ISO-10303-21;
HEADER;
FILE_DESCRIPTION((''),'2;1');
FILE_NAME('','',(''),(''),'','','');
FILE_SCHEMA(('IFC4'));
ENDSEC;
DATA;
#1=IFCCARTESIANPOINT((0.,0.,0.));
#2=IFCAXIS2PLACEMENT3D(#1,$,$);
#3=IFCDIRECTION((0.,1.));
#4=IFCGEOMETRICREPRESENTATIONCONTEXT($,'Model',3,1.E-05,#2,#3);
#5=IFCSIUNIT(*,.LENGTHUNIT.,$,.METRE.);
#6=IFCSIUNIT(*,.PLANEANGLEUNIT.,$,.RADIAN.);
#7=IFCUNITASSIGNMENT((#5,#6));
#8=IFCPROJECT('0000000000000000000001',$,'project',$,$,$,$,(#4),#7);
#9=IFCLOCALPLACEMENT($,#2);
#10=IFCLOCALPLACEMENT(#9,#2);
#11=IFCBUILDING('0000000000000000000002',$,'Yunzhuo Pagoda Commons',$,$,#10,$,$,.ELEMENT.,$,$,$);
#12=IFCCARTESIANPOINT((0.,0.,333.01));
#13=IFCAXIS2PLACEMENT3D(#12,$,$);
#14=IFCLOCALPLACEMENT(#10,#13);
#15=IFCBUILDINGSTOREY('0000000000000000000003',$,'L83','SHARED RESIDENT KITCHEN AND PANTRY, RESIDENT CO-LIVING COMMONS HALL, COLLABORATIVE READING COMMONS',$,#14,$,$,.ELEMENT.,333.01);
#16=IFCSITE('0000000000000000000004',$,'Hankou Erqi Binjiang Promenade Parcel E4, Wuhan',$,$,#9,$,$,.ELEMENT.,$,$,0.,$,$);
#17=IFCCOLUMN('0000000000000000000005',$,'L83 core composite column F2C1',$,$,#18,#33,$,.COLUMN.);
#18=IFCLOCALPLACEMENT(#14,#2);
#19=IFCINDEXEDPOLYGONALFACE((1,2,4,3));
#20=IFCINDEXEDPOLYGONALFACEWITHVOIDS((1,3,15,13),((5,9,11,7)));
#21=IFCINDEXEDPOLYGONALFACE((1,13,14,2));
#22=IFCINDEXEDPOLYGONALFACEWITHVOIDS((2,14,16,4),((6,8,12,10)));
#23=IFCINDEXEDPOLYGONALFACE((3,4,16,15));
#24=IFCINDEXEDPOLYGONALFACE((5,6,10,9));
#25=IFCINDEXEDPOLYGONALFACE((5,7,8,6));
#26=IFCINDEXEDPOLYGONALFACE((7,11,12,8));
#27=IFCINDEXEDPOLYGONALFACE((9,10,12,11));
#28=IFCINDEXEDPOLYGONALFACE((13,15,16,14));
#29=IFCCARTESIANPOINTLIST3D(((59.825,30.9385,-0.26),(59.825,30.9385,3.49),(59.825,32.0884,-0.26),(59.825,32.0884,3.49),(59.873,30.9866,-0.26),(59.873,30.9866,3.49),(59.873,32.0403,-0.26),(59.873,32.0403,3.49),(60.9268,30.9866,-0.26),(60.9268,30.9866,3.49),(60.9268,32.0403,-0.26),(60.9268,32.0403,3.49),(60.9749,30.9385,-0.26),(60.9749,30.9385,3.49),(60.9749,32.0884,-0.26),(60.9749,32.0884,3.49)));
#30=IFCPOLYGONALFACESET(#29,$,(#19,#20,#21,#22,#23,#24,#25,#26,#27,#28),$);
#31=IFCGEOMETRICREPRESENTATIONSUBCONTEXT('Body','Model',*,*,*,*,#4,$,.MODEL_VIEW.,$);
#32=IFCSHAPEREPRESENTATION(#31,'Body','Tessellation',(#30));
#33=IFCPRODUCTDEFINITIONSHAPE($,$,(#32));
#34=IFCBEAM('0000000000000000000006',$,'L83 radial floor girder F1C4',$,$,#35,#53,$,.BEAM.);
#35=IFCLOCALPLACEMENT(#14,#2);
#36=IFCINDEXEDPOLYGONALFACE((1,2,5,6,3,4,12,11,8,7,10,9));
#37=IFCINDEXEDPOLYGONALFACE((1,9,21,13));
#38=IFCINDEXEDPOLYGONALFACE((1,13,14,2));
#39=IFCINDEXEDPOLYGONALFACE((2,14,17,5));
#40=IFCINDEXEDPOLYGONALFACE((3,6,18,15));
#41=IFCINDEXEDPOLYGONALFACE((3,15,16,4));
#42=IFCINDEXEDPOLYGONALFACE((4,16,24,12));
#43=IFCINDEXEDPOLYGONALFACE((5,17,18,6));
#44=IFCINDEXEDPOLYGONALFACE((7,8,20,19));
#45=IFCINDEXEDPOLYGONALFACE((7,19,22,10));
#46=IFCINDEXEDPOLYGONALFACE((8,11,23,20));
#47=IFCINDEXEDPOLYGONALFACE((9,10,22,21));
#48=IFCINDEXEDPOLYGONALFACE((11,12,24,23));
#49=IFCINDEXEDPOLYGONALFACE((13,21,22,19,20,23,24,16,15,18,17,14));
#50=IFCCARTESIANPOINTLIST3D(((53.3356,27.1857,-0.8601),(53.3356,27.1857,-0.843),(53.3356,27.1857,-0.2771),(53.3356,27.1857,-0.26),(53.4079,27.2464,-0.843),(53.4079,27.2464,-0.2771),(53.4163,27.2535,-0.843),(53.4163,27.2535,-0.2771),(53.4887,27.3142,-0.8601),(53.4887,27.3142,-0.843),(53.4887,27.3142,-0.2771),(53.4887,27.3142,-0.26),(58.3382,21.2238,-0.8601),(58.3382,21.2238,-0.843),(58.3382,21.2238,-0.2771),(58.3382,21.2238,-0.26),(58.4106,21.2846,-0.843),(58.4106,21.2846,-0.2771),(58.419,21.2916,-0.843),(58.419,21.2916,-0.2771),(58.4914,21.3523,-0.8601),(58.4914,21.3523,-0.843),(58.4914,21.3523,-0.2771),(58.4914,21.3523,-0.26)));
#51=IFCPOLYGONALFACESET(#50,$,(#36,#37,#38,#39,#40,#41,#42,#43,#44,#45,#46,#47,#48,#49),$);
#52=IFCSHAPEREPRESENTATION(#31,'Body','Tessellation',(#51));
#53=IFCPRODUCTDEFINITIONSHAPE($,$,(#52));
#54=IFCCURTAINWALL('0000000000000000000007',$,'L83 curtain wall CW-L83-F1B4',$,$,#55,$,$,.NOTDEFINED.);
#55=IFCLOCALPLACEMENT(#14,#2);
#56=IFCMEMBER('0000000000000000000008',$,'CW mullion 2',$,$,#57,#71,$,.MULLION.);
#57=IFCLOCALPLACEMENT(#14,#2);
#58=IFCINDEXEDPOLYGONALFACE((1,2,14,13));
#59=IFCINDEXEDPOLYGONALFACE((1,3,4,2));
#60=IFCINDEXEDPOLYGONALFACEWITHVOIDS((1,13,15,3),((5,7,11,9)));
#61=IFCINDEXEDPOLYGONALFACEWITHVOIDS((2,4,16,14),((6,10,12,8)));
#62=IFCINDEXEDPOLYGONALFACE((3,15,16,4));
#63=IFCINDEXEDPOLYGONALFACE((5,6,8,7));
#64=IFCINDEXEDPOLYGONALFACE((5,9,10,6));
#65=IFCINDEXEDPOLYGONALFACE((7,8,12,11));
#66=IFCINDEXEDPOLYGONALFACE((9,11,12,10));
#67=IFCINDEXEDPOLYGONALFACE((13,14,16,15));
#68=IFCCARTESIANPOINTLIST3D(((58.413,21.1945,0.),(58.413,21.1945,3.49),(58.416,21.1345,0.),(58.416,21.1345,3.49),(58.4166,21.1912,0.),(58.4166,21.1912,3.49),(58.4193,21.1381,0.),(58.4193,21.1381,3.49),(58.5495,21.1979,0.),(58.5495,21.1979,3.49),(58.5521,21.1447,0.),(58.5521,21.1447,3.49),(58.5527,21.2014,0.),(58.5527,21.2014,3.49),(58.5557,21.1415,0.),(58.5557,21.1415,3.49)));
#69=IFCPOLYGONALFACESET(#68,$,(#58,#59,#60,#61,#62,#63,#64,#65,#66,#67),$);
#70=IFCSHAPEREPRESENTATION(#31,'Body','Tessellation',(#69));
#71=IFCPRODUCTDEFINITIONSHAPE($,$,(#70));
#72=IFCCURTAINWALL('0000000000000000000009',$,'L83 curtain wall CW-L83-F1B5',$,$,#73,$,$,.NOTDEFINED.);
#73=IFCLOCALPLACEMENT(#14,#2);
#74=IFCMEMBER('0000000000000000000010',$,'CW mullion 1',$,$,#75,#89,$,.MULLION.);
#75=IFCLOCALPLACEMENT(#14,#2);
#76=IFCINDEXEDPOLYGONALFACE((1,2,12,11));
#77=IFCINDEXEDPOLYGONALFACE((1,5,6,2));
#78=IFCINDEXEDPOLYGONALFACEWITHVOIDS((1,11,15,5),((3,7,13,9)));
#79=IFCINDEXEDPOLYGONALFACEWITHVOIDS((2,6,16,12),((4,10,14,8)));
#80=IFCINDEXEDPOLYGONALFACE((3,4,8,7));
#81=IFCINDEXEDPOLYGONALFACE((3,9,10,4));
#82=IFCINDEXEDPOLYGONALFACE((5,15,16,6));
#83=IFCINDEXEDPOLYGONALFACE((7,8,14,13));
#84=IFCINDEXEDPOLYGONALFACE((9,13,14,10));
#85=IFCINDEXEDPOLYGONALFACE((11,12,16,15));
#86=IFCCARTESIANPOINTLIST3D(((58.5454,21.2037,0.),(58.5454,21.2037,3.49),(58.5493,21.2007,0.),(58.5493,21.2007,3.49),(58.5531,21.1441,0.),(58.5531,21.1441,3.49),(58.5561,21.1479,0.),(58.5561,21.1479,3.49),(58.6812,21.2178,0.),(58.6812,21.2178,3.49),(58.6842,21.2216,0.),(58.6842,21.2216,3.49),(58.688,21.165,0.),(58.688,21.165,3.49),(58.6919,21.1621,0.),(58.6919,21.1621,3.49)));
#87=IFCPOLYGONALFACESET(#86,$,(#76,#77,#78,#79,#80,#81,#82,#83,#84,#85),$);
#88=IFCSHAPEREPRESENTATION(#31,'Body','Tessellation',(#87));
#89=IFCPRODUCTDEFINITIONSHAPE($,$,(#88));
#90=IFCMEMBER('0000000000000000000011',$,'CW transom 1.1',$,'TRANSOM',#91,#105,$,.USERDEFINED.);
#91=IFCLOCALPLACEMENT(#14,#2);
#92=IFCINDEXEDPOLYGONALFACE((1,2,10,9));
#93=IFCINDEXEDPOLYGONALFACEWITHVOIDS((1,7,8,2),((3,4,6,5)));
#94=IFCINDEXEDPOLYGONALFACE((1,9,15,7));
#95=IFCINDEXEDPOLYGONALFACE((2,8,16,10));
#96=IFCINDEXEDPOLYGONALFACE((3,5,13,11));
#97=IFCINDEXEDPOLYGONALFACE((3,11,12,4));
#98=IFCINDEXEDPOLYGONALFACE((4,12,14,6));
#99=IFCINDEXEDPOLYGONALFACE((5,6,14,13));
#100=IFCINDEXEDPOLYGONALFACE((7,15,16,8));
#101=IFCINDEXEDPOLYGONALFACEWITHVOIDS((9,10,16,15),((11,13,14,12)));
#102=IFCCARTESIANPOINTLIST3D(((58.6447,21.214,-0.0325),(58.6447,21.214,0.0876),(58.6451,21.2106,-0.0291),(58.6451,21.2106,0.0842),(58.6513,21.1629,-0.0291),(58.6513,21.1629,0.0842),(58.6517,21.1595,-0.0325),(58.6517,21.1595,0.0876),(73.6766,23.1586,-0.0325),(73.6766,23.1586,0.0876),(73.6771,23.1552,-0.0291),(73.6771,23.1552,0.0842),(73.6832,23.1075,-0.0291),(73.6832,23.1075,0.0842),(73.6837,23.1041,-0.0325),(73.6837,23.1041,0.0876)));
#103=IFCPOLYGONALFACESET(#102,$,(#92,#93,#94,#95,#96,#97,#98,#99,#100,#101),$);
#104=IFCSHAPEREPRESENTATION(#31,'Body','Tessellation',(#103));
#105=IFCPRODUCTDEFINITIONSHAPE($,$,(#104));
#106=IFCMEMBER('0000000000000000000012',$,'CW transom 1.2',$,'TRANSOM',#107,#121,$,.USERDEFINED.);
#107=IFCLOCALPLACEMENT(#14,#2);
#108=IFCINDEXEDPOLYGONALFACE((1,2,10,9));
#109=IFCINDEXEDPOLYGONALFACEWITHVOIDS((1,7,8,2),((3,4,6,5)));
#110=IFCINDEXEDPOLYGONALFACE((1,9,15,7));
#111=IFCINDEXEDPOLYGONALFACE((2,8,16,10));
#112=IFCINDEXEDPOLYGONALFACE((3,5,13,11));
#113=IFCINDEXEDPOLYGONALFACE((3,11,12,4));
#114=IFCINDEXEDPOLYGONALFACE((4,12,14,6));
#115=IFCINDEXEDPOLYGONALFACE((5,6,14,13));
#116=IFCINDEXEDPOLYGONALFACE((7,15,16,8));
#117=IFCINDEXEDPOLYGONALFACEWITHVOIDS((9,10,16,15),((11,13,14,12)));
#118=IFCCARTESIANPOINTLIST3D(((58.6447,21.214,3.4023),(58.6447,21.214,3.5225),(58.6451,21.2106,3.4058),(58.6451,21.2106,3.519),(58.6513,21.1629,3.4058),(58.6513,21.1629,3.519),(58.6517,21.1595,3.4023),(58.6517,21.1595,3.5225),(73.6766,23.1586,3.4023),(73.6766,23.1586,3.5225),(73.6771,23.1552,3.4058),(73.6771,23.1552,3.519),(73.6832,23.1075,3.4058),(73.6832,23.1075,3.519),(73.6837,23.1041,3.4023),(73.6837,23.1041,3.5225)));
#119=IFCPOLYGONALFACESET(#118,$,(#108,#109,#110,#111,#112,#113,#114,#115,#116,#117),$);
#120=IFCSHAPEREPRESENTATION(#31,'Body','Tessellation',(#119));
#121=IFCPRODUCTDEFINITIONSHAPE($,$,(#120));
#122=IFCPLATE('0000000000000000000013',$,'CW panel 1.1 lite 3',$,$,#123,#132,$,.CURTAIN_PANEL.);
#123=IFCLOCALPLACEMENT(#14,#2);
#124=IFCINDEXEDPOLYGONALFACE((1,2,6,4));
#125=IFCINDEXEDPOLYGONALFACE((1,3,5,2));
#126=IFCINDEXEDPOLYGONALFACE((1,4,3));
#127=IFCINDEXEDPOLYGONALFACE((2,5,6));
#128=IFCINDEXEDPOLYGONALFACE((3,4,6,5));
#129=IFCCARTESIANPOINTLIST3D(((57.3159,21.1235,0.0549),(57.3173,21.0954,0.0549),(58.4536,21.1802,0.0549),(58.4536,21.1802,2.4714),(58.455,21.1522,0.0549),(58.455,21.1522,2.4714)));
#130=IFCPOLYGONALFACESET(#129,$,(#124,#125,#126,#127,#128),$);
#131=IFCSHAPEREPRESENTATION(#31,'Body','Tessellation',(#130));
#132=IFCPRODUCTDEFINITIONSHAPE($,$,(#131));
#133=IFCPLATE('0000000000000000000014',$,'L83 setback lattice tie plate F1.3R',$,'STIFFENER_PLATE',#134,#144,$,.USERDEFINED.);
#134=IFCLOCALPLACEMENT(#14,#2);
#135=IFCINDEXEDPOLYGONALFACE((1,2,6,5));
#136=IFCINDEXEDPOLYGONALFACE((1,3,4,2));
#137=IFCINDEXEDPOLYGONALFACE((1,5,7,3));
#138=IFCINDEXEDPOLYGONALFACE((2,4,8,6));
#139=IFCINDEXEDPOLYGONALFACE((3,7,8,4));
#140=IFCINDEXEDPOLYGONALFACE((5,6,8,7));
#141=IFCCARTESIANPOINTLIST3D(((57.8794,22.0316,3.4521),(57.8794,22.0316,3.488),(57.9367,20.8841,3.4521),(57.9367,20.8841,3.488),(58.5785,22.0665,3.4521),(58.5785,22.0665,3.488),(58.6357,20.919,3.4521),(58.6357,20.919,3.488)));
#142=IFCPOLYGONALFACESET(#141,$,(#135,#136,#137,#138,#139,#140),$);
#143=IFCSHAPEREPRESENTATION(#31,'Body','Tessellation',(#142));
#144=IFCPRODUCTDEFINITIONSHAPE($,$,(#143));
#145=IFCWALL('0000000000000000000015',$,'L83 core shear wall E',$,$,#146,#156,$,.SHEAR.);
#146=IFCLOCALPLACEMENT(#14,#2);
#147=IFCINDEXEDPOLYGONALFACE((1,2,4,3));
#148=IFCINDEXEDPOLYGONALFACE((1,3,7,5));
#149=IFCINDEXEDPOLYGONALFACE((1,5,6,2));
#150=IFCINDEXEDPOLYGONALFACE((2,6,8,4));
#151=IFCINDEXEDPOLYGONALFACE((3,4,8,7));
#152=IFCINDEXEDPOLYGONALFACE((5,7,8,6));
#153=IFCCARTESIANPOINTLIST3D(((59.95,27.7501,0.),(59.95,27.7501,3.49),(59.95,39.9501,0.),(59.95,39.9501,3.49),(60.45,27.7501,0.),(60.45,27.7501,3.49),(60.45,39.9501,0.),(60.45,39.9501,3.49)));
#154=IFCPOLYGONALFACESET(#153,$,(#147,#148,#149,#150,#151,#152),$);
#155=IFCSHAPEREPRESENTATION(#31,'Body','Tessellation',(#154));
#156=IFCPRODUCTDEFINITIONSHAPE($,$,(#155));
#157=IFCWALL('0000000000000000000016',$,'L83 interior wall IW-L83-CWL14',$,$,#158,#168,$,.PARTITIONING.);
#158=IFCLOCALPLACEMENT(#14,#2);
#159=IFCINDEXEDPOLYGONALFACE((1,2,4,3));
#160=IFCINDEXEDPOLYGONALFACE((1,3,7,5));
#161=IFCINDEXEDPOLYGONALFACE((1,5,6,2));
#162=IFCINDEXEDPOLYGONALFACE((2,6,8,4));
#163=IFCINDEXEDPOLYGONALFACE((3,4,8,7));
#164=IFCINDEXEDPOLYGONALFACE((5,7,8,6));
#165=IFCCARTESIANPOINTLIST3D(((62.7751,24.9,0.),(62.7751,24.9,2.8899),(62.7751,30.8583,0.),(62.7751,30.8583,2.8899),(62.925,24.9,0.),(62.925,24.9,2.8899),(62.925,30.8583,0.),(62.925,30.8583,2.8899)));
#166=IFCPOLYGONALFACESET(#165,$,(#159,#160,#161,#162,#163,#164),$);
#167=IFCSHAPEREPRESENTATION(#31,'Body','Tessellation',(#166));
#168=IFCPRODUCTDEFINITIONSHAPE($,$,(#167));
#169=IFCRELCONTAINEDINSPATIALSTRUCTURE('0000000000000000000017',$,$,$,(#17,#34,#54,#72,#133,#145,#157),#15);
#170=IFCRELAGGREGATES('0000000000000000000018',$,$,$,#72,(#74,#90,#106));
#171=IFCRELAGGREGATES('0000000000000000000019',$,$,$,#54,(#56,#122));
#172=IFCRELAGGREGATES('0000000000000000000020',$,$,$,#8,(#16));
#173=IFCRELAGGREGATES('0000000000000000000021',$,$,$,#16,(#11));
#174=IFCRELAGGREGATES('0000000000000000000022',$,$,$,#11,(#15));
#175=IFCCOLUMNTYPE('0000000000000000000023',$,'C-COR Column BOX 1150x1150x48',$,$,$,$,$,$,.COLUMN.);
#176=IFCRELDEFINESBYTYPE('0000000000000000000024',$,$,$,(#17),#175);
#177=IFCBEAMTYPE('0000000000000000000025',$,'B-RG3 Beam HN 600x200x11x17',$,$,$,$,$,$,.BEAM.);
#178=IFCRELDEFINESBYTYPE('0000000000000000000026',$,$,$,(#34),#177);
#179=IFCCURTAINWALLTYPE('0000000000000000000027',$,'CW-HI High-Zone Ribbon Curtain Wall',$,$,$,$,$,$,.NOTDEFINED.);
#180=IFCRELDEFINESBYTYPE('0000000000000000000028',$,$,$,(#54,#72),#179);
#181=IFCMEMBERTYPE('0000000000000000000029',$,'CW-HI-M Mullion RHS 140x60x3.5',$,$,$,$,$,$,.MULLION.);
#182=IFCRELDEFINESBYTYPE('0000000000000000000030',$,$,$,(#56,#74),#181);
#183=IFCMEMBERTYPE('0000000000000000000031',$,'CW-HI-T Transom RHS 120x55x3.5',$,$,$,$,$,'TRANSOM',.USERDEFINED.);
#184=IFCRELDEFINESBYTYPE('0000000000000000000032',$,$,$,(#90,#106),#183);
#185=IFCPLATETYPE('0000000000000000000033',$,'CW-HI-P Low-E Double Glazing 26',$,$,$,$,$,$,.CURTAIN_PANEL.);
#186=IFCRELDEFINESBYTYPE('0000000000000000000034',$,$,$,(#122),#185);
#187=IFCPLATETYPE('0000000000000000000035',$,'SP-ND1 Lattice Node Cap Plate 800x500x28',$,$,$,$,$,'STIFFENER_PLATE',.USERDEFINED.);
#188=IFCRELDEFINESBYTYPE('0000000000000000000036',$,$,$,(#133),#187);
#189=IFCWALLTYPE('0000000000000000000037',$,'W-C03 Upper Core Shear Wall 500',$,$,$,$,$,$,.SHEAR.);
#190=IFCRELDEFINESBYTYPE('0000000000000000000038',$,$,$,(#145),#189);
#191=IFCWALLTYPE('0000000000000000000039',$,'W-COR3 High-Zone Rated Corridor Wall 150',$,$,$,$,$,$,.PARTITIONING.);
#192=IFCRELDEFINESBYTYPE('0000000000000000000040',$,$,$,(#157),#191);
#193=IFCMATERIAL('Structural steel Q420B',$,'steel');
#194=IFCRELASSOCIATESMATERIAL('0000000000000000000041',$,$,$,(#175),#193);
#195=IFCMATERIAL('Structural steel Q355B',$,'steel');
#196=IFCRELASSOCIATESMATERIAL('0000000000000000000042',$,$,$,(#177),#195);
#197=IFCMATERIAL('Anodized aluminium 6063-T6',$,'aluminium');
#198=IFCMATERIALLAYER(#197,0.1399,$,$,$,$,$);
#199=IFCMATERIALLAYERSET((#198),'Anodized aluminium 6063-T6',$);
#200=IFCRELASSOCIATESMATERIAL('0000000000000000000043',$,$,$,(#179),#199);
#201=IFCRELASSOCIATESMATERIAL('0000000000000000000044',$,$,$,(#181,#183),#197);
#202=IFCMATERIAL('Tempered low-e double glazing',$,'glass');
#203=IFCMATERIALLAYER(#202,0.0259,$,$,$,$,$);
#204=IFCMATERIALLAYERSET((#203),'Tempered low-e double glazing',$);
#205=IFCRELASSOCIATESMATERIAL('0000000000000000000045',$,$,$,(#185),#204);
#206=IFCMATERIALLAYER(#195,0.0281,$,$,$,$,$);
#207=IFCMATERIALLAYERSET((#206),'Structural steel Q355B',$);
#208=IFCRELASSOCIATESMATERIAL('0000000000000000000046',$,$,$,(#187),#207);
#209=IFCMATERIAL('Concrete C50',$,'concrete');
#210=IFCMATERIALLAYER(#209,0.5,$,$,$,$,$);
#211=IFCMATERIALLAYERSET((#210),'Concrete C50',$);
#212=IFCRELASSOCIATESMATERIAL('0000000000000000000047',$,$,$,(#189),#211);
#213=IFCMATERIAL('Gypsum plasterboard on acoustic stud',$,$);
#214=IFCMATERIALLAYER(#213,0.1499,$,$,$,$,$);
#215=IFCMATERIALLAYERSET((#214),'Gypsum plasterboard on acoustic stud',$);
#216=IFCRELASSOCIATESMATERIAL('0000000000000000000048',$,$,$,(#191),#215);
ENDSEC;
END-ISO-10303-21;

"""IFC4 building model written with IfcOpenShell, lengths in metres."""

from ifc_helpers import new_model, si_unit, direction, frame, frame_2d, origin, origin_2d, place, context, subcontext, project, spatial, polyline, rectangle, hollow_rectangle, i_section, outline, extrude, source, transform, mapped, material, layer, layer_set, material_profile, profile_set, type_object, element, aggregate, save


model = new_model("IFC4")

# Units and contexts
model_context = context("Model", 3, precision=1e-05, world=origin(), true_north=direction((0.0, 1.0)))
body_context = subcontext(model_context, "Body", "Model", "MODEL_VIEW")
ifc_project = project(units=[si_unit("LENGTHUNIT", "METRE"), si_unit("PLANEANGLEUNIT", "RADIAN")], contexts=[model_context])

# Site, building, storey
site_placement = place(None, origin())
site = spatial("IfcSite", under=ifc_project, at=site_placement, Name="Hankou Erqi Binjiang Promenade Parcel E4, Wuhan", CompositionType="ELEMENT", RefElevation=0.0)
building_placement = place(site_placement, origin())
building = spatial("IfcBuilding", under=site, at=building_placement, Name="Yunzhuo Pagoda Commons", CompositionType="ELEMENT")
storey_placement = place(building_placement, frame((0.0, 0.0, 333.01)))
storey = spatial("IfcBuildingStorey", under=building, at=storey_placement, Name="L83", Description="SHARED RESIDENT KITCHEN AND PANTRY, RESIDENT CO-LIVING COMMONS HALL, COLLABORATIVE READING COMMONS", CompositionType="ELEMENT", Elevation=333.01)

# Column
ifc_material_1 = material(Name="Structural steel Q420B", Category="steel")
ifc_material_profile_1 = material_profile(ifc_material_1, hollow_rectangle(XDim=1.1499, YDim=1.1499, WallThickness=0.0481, at=origin_2d()), Name="Structural steel Q420B")
ifc_profile_set_1 = profile_set([ifc_material_profile_1], Name="Structural steel Q420B")
column_type = type_object("IfcColumnType", Name="C-COR Column BOX 1150x1150x48", PredefinedType="COLUMN", material=ifc_profile_set_1)
shared_shape_1 = source(origin(), body_context, "Body", "SweptSolid", [
    extrude(hollow_rectangle(XDim=1.1499, YDim=1.1499, WallThickness=0.0481, at=origin_2d()), origin(), (0.0, 0.0, 1.0), 3.75),
])
column_placement = place(storey_placement, frame((60.3999, 31.5134, -0.26), z_axis=(0.0, 0.0, 1.0), x_axis=(1.0, 0.0, 0.0)))
element("IfcColumn", 1, at=column_placement, inside=storey, type_object=column_type, Name="L83 core composite column F2C1", PredefinedType="COLUMN", context=body_context, shape_type="MappedRepresentation", body=[
    mapped(shared_shape_1, transform((0.0, 0.0, 0.0), scale=1.0)),
])

# Beam
ifc_material_2 = material(Name="Structural steel Q355B", Category="steel")
ifc_material_profile_2 = material_profile(ifc_material_2, i_section(OverallWidth=0.2, OverallDepth=0.6001, WebThickness=0.011, FlangeThickness=0.0171, at=origin_2d()), Name="Structural steel Q355B")
ifc_profile_set_2 = profile_set([ifc_material_profile_2], Name="Structural steel Q355B")
beam_type = type_object("IfcBeamType", Name="B-RG3 Beam HN 600x200x11x17", PredefinedType="BEAM", material=ifc_profile_set_2)
shared_shape_2 = source(origin(), body_context, "Body", "SweptSolid", [
    extrude(i_section(OverallWidth=0.2, OverallDepth=0.6001, WebThickness=0.011, FlangeThickness=0.0171, at=origin_2d()), origin(), (0.0, 0.0, 1.0), 7.7827),
])
beam_placement = place(storey_placement, frame((58.4148, 21.2881, -0.5601), z_axis=(-0.642791, 0.766042, 0.0), x_axis=(-0.766042, -0.642791, 0.0)))
element("IfcBeam", 2, at=beam_placement, inside=storey, type_object=beam_type, Name="L83 radial floor girder F1C4", PredefinedType="BEAM", context=body_context, shape_type="MappedRepresentation", body=[
    mapped(shared_shape_2, transform((0.0, 0.0, 0.0), scale=1.0)),
])

# Curtain wall, member
ifc_material_3 = material(Name="Anodized aluminium 6063-T6", Category="aluminium")
ifc_layer_1 = layer(ifc_material_3, 0.1399)
ifc_layer_set_1 = layer_set([ifc_layer_1], Name="Anodized aluminium 6063-T6")
curtain_wall_type = type_object("IfcCurtainWallType", Name="CW-HI High-Zone Ribbon Curtain Wall", PredefinedType="NOTDEFINED", material=ifc_layer_set_1)
curtain_wall_1_placement = place(storey_placement, origin())
curtain_wall_1 = element("IfcCurtainWall", 3, at=curtain_wall_1_placement, inside=storey, type_object=curtain_wall_type, Name="L83 curtain wall CW-L83-F1B4", PredefinedType="NOTDEFINED")
ifc_material_profile_3 = material_profile(ifc_material_3, hollow_rectangle(XDim=0.0601, YDim=0.1399, WallThickness=0.0034, at=origin_2d()), Name="Anodized aluminium 6063-T6")
ifc_profile_set_3 = profile_set([ifc_material_profile_3], Name="Anodized aluminium 6063-T6")
member_type_1 = type_object("IfcMemberType", Name="CW-HI-M Mullion RHS 140x60x3.5", PredefinedType="MULLION", material=ifc_profile_set_3)
shared_shape_3 = source(origin(), body_context, "Body", "SweptSolid", [
    extrude(hollow_rectangle(XDim=0.0601, YDim=0.1399, WallThickness=0.0034, at=origin_2d()), origin(), (0.0, 0.0, 1.0), 3.49),
])
member_1_placement = place(storey_placement, frame((58.4844, 21.168, 0.0), z_axis=(0.0, 0.0, 1.0), x_axis=(-0.04985, 0.998757, 0.0)))
member_1 = element("IfcMember", 4, at=member_1_placement, type_object=member_type_1, Name="CW mullion 2", PredefinedType="MULLION", context=body_context, shape_type="MappedRepresentation", body=[
    mapped(shared_shape_3, transform((0.0, 0.0, 0.0), scale=1.0)),
])

# Curtain wall, members
curtain_wall_2_placement = place(storey_placement, origin())
curtain_wall_2 = element("IfcCurtainWall", 5, at=curtain_wall_2_placement, inside=storey, type_object=curtain_wall_type, Name="L83 curtain wall CW-L83-F1B5", PredefinedType="NOTDEFINED")
member_2_placement = place(storey_placement, frame((58.6187, 21.1829, 0.0), z_axis=(0.0, 0.0, 1.0), x_axis=(-0.128276, 0.991739, 0.0)))
member_2 = element("IfcMember", 6, at=member_2_placement, type_object=member_type_1, Name="CW mullion 1", PredefinedType="MULLION", context=body_context, shape_type="MappedRepresentation", body=[
    mapped(shared_shape_3, transform((0.0, 0.0, 0.0), scale=1.0)),
])
ifc_material_profile_4 = material_profile(ifc_material_3, hollow_rectangle(XDim=0.0549, YDim=0.1201, WallThickness=0.0034, at=origin_2d()), Name="Anodized aluminium 6063-T6")
ifc_profile_set_4 = profile_set([ifc_material_profile_4], Name="Anodized aluminium 6063-T6")
member_type_2 = type_object("IfcMemberType", Name="CW-HI-T Transom RHS 120x55x3.5", ElementType="TRANSOM", PredefinedType="USERDEFINED", material=ifc_profile_set_4)
shared_shape_4 = source(origin(), body_context, "Body", "SweptSolid", [
    extrude(hollow_rectangle(XDim=0.0549, YDim=0.1201, WallThickness=0.0034, at=origin_2d()), origin(), (0.0, 0.0, 1.0), 15.1572),
])
member_3_placement = place(storey_placement, frame((58.6482, 21.1868, 0.0276), z_axis=(0.991736, 0.128294, 0.0), x_axis=(-0.128294, 0.991736, 0.0)))
member_3 = element("IfcMember", 7, at=member_3_placement, type_object=member_type_2, Name="CW transom 1.1", ObjectType="TRANSOM", PredefinedType="USERDEFINED", context=body_context, shape_type="MappedRepresentation", body=[
    mapped(shared_shape_4, transform((0.0, 0.0, 0.0), scale=1.0)),
])
member_4_placement = place(storey_placement, frame((58.6482, 21.1868, 3.4624), z_axis=(0.991736, 0.128294, 0.0), x_axis=(-0.128294, 0.991736, 0.0)))
member_4 = element("IfcMember", 8, at=member_4_placement, type_object=member_type_2, Name="CW transom 1.2", ObjectType="TRANSOM", PredefinedType="USERDEFINED", context=body_context, shape_type="MappedRepresentation", body=[
    mapped(shared_shape_4, transform((0.0, 0.0, 0.0), scale=1.0)),
])
aggregate(curtain_wall_2, [member_2, member_3, member_4])

# Plates
ifc_material_4 = material(Name="Tempered low-e double glazing", Category="glass")
ifc_layer_2 = layer(ifc_material_4, 0.0259)
ifc_layer_set_2 = layer_set([ifc_layer_2], Name="Tempered low-e double glazing")
plate_type_1 = type_object("IfcPlateType", Name="CW-HI-P Low-E Double Glazing 26", PredefinedType="CURTAIN_PANEL", material=ifc_layer_set_2)
plate_1_placement = place(storey_placement, frame((57.8848, 21.1519, 1.2632), z_axis=(0.04985, -0.998757, 0.0), x_axis=(0.998757, 0.04985, 0.0)))
plate_1 = element("IfcPlate", 9, at=plate_1_placement, type_object=plate_type_1, Name="CW panel 1.1 lite 3", PredefinedType="CURTAIN_PANEL", context=body_context, shape_type="SweptSolid", body=[
    extrude(outline(polyline([(-0.5696, -1.2083), (0.5696, -1.2083), (0.5696, 1.2083), (-0.5696, -1.2083)])), origin(), (0.0, 0.0, 1.0), 0.0281),
])
aggregate(curtain_wall_1, [member_1, plate_1])
ifc_layer_3 = layer(ifc_material_2, 0.0281)
ifc_layer_set_3 = layer_set([ifc_layer_3], Name="Structural steel Q355B")
plate_type_2 = type_object("IfcPlateType", Name="SP-ND1 Lattice Node Cap Plate 800x500x28", ElementType="STIFFENER_PLATE", PredefinedType="USERDEFINED", material=ifc_layer_set_3)
shared_shape_5 = source(origin(), body_context, "Body", "SweptSolid", [
    extrude(rectangle(XDim=0.7, YDim=1.1489, at=origin_2d()), origin(), (0.0, 0.0, 1.0), 0.0359),
])
plate_2_placement = place(storey_placement, frame((58.2576, 21.4753, 3.4521), z_axis=(0.0, 0.0, 1.0), x_axis=(0.998757, 0.049843, 0.0)))
element("IfcPlate", 10, at=plate_2_placement, inside=storey, type_object=plate_type_2, Name="L83 setback lattice tie plate F1.3R", ObjectType="STIFFENER_PLATE", PredefinedType="USERDEFINED", context=body_context, shape_type="MappedRepresentation", body=[
    mapped(shared_shape_5, transform((0.0, 0.0, 0.0), scale=1.0)),
])

# Walls
ifc_material_5 = material(Name="Concrete C50", Category="concrete")
ifc_layer_4 = layer(ifc_material_5, 0.5)
ifc_layer_set_4 = layer_set([ifc_layer_4], Name="Concrete C50")
wall_type_1 = type_object("IfcWallType", Name="W-C03 Upper Core Shear Wall 500", PredefinedType="SHEAR", material=ifc_layer_set_4)
wall_1_placement = place(storey_placement, frame((60.2, 27.75, 0.0), z_axis=(0.0, 0.0, 1.0), x_axis=(0.0, 1.0, 0.0)))
element("IfcWall", 11, at=wall_1_placement, inside=storey, type_object=wall_type_1, Name="L83 core shear wall E", PredefinedType="SHEAR", context=body_context, shape_type="SweptSolid", body=[
    extrude(rectangle(XDim=12.2, YDim=0.5, at=frame_2d((6.1001, 0.0))), origin(), (0.0, 0.0, 1.0), 3.49),
])
ifc_material_6 = material(Name="Gypsum plasterboard on acoustic stud")
ifc_layer_5 = layer(ifc_material_6, 0.1499)
ifc_layer_set_5 = layer_set([ifc_layer_5], Name="Gypsum plasterboard on acoustic stud")
wall_type_2 = type_object("IfcWallType", Name="W-COR3 High-Zone Rated Corridor Wall 150", PredefinedType="PARTITIONING", material=ifc_layer_set_5)
wall_2_placement = place(storey_placement, frame((62.8501, 30.8582, 0.0), z_axis=(0.0, 0.0, 1.0), x_axis=(0.0, -1.0, 0.0)))
element("IfcWall", 12, at=wall_2_placement, inside=storey, type_object=wall_type_2, Name="L83 interior wall IW-L83-CWL14", PredefinedType="PARTITIONING", context=body_context, shape_type="SweptSolid", body=[
    extrude(rectangle(XDim=5.9583, YDim=0.1499, at=frame_2d((2.979, 0.0))), origin(), (0.0, 0.0, 1.0), 2.8899),
])

save(model, "model.ifc")
